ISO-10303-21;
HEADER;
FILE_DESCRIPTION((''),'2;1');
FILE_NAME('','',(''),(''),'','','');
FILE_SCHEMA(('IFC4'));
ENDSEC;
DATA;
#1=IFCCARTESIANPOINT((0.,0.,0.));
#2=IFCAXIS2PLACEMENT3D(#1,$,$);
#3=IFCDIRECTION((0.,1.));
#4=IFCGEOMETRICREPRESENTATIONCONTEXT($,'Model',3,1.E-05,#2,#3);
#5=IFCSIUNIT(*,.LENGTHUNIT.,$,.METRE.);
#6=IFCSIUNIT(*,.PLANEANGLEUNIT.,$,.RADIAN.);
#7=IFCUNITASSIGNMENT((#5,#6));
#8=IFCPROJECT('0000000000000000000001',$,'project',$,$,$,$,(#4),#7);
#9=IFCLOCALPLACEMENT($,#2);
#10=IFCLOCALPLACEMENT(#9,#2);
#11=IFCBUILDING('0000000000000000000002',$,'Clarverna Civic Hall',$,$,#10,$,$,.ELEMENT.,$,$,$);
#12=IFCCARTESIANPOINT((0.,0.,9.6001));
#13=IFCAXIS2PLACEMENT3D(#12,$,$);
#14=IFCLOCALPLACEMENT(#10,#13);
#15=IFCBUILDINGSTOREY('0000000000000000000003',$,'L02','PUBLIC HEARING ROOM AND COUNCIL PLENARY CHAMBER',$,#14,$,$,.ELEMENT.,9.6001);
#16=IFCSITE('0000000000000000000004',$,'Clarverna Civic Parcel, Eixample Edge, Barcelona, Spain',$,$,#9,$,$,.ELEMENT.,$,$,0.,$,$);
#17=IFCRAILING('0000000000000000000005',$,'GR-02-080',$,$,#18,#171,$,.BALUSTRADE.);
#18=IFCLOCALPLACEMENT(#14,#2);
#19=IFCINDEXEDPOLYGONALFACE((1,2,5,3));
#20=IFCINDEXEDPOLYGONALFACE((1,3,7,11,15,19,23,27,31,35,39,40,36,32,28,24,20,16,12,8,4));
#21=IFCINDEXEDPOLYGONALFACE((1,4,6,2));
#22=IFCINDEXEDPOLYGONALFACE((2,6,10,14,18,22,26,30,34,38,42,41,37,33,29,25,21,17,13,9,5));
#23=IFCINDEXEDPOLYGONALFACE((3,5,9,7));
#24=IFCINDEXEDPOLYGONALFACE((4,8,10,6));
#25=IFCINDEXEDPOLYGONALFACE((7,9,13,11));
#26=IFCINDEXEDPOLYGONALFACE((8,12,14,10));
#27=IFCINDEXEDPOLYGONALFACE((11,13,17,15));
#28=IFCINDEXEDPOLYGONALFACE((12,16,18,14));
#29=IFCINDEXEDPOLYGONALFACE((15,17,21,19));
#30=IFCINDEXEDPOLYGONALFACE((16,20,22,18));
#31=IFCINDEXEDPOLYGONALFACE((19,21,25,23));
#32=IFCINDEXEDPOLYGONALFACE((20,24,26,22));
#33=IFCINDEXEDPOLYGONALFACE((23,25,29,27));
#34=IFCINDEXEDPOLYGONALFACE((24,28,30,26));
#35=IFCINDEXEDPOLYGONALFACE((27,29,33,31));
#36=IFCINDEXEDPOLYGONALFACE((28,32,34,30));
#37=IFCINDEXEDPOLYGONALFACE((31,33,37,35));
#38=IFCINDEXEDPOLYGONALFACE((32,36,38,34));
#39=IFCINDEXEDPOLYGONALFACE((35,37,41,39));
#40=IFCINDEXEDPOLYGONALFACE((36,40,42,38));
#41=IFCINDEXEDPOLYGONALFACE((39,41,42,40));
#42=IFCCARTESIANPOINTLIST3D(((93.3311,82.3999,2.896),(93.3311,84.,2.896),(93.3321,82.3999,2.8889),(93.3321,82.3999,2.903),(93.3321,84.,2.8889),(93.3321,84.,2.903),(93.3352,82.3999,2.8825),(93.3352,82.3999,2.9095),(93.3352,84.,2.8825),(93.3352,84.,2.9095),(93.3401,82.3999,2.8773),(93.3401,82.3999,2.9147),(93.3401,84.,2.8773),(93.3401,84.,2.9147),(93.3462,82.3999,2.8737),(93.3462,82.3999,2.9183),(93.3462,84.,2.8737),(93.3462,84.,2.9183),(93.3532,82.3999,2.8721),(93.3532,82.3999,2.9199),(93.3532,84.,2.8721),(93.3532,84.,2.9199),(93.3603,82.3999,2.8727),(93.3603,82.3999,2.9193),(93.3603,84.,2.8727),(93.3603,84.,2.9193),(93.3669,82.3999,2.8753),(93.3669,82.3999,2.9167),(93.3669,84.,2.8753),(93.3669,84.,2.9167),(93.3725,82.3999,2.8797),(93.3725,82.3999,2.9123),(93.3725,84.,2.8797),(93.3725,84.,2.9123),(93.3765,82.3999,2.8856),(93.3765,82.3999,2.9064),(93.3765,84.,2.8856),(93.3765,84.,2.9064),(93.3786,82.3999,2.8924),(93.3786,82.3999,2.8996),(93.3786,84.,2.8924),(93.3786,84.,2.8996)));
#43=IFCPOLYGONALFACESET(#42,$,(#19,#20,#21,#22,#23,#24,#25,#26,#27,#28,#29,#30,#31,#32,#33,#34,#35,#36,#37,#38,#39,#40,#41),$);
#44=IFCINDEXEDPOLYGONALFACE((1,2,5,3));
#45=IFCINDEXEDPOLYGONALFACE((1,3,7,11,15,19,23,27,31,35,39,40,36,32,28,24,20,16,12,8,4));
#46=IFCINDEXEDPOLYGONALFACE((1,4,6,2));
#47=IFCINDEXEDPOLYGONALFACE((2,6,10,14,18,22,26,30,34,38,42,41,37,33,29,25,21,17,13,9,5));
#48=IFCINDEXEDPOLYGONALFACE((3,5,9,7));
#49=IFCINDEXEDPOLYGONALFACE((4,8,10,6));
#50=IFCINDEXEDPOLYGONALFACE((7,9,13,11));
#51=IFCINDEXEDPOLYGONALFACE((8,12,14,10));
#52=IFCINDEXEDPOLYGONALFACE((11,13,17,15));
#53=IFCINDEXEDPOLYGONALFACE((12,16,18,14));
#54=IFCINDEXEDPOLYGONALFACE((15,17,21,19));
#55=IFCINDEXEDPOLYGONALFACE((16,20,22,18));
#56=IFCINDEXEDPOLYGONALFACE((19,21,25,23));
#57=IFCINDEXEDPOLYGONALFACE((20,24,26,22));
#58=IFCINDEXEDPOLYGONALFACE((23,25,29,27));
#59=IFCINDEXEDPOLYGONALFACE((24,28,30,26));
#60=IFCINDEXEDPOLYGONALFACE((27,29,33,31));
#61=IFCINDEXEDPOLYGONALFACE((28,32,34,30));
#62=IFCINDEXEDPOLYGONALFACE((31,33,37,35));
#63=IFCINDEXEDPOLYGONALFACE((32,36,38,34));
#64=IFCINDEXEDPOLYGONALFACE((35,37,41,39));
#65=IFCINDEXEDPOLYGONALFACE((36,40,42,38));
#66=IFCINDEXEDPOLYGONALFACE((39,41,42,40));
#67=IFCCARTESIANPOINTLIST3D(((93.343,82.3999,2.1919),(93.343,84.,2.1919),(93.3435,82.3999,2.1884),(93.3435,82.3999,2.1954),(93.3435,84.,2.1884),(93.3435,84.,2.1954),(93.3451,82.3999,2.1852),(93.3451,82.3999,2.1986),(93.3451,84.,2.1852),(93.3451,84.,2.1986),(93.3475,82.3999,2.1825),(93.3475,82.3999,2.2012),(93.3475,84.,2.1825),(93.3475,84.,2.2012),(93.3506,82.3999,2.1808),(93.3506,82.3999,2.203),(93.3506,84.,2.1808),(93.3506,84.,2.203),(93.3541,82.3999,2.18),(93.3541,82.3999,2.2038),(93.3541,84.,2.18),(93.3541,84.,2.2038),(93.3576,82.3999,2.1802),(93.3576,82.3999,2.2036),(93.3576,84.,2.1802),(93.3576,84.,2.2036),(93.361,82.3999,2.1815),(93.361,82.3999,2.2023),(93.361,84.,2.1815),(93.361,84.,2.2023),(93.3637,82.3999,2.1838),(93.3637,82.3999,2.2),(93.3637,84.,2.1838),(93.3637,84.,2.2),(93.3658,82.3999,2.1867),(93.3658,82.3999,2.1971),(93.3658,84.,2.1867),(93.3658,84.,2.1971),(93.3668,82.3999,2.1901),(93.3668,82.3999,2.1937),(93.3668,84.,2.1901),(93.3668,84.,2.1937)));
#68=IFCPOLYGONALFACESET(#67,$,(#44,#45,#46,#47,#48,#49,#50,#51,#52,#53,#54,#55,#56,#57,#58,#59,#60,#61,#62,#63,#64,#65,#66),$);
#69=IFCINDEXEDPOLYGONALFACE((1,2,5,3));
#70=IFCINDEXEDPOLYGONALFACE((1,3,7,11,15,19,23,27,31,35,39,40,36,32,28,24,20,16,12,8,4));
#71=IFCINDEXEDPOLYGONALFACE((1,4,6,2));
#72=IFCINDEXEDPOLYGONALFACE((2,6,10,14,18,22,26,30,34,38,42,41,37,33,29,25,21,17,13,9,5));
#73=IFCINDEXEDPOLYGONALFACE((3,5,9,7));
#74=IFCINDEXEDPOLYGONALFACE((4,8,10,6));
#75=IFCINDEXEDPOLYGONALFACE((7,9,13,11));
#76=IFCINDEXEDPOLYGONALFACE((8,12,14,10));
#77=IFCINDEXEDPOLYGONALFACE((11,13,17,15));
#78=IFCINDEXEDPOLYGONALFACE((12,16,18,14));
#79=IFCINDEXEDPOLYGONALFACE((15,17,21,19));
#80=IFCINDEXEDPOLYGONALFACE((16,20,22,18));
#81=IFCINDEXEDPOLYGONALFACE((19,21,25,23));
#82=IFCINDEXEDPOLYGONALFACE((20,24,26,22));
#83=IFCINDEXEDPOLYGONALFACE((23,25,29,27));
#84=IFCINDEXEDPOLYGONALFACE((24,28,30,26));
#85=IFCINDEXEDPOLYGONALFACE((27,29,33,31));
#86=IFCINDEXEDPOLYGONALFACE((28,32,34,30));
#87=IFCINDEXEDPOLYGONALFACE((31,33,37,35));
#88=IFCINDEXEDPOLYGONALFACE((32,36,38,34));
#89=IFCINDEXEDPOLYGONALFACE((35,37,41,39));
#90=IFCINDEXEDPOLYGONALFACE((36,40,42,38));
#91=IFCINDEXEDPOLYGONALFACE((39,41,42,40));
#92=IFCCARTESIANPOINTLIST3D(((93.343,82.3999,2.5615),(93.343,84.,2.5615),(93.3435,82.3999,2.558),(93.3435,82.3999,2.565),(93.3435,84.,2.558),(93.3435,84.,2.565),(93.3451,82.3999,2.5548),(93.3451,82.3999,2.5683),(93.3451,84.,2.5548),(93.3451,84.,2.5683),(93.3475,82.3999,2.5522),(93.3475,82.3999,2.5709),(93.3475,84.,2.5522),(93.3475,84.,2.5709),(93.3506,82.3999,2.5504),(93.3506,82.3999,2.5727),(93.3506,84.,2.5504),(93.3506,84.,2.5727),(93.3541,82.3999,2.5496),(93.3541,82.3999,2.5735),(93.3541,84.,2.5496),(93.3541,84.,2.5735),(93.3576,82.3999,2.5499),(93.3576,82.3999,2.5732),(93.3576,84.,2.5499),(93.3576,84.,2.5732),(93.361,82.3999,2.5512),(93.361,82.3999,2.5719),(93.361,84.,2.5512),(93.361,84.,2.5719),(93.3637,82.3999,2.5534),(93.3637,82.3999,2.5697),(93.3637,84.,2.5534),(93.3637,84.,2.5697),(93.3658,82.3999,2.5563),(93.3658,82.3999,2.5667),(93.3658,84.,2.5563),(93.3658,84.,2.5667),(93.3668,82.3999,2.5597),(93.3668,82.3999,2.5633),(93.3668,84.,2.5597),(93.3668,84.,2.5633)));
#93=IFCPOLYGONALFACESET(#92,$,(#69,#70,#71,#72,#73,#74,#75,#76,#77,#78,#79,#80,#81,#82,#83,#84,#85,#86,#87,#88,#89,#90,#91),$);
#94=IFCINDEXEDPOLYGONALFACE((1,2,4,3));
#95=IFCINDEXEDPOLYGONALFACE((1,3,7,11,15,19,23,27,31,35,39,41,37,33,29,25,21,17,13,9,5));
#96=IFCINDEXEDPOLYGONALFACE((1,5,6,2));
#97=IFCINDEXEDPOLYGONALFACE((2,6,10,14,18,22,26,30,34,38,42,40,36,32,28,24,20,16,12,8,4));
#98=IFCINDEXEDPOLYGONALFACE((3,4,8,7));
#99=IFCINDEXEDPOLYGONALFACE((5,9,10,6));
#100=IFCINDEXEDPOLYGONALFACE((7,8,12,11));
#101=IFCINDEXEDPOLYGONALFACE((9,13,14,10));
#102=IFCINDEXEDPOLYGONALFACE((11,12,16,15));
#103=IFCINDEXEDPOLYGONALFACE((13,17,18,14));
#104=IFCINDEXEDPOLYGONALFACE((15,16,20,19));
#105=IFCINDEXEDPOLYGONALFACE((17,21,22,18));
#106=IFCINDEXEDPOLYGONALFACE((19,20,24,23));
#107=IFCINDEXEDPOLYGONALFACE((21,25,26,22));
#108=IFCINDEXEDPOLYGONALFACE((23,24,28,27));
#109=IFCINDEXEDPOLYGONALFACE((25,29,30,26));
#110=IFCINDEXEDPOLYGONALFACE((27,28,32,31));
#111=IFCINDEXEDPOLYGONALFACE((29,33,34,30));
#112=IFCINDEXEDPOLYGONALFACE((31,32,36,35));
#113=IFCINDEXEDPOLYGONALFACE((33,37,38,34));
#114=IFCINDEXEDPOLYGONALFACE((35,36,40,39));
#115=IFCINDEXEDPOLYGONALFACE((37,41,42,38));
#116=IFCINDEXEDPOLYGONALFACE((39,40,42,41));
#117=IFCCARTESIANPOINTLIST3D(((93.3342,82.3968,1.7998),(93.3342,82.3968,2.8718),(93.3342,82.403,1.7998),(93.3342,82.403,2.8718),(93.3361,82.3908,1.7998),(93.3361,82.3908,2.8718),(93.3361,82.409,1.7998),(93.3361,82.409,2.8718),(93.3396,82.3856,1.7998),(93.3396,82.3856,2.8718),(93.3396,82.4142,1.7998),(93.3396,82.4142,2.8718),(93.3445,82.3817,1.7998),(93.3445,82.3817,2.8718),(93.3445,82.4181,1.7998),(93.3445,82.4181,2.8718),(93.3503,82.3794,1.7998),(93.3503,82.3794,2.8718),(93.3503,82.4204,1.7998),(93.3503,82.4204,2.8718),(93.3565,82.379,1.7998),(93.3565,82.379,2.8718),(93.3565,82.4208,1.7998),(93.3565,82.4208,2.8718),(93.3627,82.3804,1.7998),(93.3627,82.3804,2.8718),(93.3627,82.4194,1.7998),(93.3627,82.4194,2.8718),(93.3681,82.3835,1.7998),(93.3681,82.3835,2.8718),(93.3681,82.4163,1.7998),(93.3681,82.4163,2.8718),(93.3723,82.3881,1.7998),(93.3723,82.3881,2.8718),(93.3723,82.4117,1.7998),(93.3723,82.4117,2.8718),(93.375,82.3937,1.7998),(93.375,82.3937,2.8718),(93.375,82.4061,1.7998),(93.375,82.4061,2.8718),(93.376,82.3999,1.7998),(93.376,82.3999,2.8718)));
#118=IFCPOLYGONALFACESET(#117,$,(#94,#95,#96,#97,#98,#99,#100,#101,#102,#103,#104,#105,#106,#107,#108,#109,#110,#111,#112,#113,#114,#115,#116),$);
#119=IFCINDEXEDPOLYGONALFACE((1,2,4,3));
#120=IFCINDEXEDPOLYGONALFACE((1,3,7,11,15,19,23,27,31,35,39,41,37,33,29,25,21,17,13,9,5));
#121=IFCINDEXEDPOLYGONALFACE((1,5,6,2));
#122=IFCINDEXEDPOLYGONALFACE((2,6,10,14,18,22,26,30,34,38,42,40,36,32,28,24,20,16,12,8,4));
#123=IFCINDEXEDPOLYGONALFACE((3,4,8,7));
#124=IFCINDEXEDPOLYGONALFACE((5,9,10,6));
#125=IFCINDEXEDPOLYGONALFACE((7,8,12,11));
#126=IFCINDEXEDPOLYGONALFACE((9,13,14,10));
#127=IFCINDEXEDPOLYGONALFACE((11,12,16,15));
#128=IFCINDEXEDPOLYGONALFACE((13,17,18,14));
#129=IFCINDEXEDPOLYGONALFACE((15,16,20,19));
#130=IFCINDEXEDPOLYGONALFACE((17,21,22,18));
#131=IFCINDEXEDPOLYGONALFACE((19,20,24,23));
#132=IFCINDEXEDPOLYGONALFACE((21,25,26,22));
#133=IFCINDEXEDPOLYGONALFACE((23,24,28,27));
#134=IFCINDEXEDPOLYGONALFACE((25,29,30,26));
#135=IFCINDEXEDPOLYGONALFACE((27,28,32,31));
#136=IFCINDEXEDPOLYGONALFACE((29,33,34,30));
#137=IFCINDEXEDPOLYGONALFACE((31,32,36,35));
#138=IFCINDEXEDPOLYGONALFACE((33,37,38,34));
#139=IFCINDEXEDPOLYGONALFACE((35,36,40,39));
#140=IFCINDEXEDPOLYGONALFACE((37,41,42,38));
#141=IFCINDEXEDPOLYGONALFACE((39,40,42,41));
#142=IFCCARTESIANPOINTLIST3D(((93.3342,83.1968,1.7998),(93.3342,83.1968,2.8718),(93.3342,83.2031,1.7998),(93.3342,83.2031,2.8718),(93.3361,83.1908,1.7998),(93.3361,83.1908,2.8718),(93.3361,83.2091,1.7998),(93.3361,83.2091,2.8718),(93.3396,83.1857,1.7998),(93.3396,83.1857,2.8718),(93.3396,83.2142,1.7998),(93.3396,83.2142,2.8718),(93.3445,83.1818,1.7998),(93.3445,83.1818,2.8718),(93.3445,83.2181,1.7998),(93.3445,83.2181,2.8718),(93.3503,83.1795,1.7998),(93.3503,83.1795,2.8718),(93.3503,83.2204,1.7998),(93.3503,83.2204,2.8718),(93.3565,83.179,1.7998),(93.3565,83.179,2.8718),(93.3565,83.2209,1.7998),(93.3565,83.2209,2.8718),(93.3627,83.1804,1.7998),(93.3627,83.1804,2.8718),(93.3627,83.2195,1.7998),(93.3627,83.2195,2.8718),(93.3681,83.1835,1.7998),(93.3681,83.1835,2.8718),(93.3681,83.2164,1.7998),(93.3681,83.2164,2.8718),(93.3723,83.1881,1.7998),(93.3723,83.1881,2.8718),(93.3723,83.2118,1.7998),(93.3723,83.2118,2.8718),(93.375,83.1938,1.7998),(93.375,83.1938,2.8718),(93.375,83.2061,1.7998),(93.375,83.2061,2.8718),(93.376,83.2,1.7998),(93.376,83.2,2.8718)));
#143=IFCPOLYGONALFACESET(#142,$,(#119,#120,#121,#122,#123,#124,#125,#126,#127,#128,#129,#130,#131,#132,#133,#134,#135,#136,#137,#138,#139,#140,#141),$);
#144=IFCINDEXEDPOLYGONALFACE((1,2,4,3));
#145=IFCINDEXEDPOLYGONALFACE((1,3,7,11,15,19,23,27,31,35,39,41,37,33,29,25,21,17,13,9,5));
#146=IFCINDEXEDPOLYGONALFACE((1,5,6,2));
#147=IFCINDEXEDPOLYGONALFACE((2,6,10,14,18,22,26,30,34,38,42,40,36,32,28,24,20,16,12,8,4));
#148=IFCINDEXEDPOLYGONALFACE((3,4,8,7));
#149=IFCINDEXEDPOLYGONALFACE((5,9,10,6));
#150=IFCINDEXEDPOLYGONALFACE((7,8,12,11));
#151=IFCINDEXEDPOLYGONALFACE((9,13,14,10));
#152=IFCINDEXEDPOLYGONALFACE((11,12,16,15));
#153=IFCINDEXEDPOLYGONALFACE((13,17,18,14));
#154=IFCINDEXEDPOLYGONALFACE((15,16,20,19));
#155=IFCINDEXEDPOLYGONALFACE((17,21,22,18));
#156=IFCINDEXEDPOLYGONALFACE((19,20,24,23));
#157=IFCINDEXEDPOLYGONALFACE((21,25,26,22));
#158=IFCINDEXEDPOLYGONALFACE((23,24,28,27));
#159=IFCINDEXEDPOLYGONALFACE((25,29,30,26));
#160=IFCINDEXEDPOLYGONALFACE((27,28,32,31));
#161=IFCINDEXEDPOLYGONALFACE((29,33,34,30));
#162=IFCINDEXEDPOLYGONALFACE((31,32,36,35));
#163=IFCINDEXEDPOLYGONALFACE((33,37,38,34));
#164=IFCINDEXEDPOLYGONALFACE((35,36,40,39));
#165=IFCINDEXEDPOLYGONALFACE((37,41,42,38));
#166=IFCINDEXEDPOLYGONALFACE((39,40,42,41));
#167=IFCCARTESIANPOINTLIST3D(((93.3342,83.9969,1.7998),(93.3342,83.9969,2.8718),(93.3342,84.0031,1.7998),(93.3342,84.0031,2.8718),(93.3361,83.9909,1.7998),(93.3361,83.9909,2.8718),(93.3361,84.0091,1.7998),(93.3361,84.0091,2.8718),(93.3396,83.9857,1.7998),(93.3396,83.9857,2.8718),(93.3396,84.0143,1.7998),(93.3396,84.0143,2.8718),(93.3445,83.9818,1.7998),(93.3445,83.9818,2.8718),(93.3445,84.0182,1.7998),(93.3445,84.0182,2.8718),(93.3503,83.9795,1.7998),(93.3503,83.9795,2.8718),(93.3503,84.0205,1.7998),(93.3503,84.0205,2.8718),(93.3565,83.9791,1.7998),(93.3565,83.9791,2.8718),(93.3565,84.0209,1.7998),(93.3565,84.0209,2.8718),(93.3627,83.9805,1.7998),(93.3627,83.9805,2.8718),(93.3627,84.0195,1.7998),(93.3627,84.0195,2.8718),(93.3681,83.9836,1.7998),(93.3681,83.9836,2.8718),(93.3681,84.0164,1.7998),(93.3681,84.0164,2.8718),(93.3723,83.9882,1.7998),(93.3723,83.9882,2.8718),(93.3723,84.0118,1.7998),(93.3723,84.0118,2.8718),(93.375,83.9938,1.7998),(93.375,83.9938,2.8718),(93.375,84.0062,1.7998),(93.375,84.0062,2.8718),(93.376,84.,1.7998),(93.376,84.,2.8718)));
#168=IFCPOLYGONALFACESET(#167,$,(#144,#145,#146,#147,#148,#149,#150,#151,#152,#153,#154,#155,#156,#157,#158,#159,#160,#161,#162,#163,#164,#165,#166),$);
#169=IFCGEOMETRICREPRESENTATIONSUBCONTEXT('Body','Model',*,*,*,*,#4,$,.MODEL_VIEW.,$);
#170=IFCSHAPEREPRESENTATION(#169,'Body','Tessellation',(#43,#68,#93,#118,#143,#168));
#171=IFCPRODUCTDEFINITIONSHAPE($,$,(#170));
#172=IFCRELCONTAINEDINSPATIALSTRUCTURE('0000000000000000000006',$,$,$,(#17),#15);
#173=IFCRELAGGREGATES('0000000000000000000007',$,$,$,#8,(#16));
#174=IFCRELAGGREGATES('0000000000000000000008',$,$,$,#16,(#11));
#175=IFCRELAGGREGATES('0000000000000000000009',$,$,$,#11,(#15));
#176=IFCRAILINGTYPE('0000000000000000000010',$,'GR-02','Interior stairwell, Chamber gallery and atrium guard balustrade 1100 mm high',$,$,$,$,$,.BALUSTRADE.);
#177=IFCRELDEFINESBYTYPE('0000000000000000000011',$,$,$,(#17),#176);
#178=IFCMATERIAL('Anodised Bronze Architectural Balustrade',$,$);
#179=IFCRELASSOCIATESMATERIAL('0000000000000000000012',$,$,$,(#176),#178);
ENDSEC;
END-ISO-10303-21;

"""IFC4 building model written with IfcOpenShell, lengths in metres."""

from ifc_helpers import new_model, si_unit, direction, frame, origin, origin_2d, place, context, subcontext, project, spatial, circle, extrude, material, type_object, element, save


model = new_model("IFC4")

# Units and contexts
model_context = context("Model", 3, precision=1e-05, world=origin(), true_north=direction((0.0, 1.0)))
body_context = subcontext(model_context, "Body", "Model", "MODEL_VIEW")
ifc_project = project(units=[si_unit("LENGTHUNIT", "METRE"), si_unit("PLANEANGLEUNIT", "RADIAN")], contexts=[model_context])

# Site, building, storey
site_placement = place(None, origin())
site = spatial("IfcSite", under=ifc_project, at=site_placement, Name="Clarverna Civic Parcel, Eixample Edge, Barcelona, Spain", CompositionType="ELEMENT", RefElevation=0.0)
building_placement = place(site_placement, origin())
building = spatial("IfcBuilding", under=site, at=building_placement, Name="Clarverna Civic Hall", CompositionType="ELEMENT")
storey_placement = place(building_placement, frame((0.0, 0.0, 9.6001)))
storey = spatial("IfcBuildingStorey", under=building, at=storey_placement, Name="L02", Description="PUBLIC HEARING ROOM AND COUNCIL PLENARY CHAMBER", CompositionType="ELEMENT", Elevation=9.6001)

# Railing
ifc_material_1 = material(Name="Anodised Bronze Architectural Balustrade")
railing_type_1 = type_object("IfcRailingType", Name="GR-02", Description="Interior stairwell, Chamber gallery and atrium guard balustrade 1100 mm high", PredefinedType="BALUSTRADE", material=ifc_material_1)
railing_1_placement = place(storey_placement, frame((93.355, 82.3999, 1.7998)))
element("IfcRailing", 1, at=railing_1_placement, inside=storey, type_object=railing_type_1, Name="GR-02-080", PredefinedType="BALUSTRADE", context=body_context, shape_type="SweptSolid", body=[
    extrude(circle(Radius=0.0239, at=origin_2d()), frame((0.0, 0.0, 1.0962), z_axis=(0.0, 1.0, 0.0), x_axis=(-1.0, 0.0, 0.0)), (0.0, 0.0, 1.0), 1.6001),
    extrude(circle(Radius=0.012, at=origin_2d()), frame((0.0, 0.0, 0.3921), z_axis=(0.0, 1.0, 0.0), x_axis=(-1.0, 0.0, 0.0)), (0.0, 0.0, 1.0), 1.6001),
    extrude(circle(Radius=0.012, at=origin_2d()), frame((0.0, 0.0, 0.7617), z_axis=(0.0, 1.0, 0.0), x_axis=(-1.0, 0.0, 0.0)), (0.0, 0.0, 1.0), 1.6001),
    extrude(circle(Radius=0.021, at=origin_2d()), origin(), (0.0, 0.0, 1.0), 1.072),
    extrude(circle(Radius=0.021, at=origin_2d()), frame((0.0, 0.8, 0.0)), (0.0, 0.0, 1.0), 1.072),
    extrude(circle(Radius=0.021, at=origin_2d()), frame((0.0, 1.6001, 0.0)), (0.0, 0.0, 1.0), 1.072),
])

save(model, "model.ifc")
